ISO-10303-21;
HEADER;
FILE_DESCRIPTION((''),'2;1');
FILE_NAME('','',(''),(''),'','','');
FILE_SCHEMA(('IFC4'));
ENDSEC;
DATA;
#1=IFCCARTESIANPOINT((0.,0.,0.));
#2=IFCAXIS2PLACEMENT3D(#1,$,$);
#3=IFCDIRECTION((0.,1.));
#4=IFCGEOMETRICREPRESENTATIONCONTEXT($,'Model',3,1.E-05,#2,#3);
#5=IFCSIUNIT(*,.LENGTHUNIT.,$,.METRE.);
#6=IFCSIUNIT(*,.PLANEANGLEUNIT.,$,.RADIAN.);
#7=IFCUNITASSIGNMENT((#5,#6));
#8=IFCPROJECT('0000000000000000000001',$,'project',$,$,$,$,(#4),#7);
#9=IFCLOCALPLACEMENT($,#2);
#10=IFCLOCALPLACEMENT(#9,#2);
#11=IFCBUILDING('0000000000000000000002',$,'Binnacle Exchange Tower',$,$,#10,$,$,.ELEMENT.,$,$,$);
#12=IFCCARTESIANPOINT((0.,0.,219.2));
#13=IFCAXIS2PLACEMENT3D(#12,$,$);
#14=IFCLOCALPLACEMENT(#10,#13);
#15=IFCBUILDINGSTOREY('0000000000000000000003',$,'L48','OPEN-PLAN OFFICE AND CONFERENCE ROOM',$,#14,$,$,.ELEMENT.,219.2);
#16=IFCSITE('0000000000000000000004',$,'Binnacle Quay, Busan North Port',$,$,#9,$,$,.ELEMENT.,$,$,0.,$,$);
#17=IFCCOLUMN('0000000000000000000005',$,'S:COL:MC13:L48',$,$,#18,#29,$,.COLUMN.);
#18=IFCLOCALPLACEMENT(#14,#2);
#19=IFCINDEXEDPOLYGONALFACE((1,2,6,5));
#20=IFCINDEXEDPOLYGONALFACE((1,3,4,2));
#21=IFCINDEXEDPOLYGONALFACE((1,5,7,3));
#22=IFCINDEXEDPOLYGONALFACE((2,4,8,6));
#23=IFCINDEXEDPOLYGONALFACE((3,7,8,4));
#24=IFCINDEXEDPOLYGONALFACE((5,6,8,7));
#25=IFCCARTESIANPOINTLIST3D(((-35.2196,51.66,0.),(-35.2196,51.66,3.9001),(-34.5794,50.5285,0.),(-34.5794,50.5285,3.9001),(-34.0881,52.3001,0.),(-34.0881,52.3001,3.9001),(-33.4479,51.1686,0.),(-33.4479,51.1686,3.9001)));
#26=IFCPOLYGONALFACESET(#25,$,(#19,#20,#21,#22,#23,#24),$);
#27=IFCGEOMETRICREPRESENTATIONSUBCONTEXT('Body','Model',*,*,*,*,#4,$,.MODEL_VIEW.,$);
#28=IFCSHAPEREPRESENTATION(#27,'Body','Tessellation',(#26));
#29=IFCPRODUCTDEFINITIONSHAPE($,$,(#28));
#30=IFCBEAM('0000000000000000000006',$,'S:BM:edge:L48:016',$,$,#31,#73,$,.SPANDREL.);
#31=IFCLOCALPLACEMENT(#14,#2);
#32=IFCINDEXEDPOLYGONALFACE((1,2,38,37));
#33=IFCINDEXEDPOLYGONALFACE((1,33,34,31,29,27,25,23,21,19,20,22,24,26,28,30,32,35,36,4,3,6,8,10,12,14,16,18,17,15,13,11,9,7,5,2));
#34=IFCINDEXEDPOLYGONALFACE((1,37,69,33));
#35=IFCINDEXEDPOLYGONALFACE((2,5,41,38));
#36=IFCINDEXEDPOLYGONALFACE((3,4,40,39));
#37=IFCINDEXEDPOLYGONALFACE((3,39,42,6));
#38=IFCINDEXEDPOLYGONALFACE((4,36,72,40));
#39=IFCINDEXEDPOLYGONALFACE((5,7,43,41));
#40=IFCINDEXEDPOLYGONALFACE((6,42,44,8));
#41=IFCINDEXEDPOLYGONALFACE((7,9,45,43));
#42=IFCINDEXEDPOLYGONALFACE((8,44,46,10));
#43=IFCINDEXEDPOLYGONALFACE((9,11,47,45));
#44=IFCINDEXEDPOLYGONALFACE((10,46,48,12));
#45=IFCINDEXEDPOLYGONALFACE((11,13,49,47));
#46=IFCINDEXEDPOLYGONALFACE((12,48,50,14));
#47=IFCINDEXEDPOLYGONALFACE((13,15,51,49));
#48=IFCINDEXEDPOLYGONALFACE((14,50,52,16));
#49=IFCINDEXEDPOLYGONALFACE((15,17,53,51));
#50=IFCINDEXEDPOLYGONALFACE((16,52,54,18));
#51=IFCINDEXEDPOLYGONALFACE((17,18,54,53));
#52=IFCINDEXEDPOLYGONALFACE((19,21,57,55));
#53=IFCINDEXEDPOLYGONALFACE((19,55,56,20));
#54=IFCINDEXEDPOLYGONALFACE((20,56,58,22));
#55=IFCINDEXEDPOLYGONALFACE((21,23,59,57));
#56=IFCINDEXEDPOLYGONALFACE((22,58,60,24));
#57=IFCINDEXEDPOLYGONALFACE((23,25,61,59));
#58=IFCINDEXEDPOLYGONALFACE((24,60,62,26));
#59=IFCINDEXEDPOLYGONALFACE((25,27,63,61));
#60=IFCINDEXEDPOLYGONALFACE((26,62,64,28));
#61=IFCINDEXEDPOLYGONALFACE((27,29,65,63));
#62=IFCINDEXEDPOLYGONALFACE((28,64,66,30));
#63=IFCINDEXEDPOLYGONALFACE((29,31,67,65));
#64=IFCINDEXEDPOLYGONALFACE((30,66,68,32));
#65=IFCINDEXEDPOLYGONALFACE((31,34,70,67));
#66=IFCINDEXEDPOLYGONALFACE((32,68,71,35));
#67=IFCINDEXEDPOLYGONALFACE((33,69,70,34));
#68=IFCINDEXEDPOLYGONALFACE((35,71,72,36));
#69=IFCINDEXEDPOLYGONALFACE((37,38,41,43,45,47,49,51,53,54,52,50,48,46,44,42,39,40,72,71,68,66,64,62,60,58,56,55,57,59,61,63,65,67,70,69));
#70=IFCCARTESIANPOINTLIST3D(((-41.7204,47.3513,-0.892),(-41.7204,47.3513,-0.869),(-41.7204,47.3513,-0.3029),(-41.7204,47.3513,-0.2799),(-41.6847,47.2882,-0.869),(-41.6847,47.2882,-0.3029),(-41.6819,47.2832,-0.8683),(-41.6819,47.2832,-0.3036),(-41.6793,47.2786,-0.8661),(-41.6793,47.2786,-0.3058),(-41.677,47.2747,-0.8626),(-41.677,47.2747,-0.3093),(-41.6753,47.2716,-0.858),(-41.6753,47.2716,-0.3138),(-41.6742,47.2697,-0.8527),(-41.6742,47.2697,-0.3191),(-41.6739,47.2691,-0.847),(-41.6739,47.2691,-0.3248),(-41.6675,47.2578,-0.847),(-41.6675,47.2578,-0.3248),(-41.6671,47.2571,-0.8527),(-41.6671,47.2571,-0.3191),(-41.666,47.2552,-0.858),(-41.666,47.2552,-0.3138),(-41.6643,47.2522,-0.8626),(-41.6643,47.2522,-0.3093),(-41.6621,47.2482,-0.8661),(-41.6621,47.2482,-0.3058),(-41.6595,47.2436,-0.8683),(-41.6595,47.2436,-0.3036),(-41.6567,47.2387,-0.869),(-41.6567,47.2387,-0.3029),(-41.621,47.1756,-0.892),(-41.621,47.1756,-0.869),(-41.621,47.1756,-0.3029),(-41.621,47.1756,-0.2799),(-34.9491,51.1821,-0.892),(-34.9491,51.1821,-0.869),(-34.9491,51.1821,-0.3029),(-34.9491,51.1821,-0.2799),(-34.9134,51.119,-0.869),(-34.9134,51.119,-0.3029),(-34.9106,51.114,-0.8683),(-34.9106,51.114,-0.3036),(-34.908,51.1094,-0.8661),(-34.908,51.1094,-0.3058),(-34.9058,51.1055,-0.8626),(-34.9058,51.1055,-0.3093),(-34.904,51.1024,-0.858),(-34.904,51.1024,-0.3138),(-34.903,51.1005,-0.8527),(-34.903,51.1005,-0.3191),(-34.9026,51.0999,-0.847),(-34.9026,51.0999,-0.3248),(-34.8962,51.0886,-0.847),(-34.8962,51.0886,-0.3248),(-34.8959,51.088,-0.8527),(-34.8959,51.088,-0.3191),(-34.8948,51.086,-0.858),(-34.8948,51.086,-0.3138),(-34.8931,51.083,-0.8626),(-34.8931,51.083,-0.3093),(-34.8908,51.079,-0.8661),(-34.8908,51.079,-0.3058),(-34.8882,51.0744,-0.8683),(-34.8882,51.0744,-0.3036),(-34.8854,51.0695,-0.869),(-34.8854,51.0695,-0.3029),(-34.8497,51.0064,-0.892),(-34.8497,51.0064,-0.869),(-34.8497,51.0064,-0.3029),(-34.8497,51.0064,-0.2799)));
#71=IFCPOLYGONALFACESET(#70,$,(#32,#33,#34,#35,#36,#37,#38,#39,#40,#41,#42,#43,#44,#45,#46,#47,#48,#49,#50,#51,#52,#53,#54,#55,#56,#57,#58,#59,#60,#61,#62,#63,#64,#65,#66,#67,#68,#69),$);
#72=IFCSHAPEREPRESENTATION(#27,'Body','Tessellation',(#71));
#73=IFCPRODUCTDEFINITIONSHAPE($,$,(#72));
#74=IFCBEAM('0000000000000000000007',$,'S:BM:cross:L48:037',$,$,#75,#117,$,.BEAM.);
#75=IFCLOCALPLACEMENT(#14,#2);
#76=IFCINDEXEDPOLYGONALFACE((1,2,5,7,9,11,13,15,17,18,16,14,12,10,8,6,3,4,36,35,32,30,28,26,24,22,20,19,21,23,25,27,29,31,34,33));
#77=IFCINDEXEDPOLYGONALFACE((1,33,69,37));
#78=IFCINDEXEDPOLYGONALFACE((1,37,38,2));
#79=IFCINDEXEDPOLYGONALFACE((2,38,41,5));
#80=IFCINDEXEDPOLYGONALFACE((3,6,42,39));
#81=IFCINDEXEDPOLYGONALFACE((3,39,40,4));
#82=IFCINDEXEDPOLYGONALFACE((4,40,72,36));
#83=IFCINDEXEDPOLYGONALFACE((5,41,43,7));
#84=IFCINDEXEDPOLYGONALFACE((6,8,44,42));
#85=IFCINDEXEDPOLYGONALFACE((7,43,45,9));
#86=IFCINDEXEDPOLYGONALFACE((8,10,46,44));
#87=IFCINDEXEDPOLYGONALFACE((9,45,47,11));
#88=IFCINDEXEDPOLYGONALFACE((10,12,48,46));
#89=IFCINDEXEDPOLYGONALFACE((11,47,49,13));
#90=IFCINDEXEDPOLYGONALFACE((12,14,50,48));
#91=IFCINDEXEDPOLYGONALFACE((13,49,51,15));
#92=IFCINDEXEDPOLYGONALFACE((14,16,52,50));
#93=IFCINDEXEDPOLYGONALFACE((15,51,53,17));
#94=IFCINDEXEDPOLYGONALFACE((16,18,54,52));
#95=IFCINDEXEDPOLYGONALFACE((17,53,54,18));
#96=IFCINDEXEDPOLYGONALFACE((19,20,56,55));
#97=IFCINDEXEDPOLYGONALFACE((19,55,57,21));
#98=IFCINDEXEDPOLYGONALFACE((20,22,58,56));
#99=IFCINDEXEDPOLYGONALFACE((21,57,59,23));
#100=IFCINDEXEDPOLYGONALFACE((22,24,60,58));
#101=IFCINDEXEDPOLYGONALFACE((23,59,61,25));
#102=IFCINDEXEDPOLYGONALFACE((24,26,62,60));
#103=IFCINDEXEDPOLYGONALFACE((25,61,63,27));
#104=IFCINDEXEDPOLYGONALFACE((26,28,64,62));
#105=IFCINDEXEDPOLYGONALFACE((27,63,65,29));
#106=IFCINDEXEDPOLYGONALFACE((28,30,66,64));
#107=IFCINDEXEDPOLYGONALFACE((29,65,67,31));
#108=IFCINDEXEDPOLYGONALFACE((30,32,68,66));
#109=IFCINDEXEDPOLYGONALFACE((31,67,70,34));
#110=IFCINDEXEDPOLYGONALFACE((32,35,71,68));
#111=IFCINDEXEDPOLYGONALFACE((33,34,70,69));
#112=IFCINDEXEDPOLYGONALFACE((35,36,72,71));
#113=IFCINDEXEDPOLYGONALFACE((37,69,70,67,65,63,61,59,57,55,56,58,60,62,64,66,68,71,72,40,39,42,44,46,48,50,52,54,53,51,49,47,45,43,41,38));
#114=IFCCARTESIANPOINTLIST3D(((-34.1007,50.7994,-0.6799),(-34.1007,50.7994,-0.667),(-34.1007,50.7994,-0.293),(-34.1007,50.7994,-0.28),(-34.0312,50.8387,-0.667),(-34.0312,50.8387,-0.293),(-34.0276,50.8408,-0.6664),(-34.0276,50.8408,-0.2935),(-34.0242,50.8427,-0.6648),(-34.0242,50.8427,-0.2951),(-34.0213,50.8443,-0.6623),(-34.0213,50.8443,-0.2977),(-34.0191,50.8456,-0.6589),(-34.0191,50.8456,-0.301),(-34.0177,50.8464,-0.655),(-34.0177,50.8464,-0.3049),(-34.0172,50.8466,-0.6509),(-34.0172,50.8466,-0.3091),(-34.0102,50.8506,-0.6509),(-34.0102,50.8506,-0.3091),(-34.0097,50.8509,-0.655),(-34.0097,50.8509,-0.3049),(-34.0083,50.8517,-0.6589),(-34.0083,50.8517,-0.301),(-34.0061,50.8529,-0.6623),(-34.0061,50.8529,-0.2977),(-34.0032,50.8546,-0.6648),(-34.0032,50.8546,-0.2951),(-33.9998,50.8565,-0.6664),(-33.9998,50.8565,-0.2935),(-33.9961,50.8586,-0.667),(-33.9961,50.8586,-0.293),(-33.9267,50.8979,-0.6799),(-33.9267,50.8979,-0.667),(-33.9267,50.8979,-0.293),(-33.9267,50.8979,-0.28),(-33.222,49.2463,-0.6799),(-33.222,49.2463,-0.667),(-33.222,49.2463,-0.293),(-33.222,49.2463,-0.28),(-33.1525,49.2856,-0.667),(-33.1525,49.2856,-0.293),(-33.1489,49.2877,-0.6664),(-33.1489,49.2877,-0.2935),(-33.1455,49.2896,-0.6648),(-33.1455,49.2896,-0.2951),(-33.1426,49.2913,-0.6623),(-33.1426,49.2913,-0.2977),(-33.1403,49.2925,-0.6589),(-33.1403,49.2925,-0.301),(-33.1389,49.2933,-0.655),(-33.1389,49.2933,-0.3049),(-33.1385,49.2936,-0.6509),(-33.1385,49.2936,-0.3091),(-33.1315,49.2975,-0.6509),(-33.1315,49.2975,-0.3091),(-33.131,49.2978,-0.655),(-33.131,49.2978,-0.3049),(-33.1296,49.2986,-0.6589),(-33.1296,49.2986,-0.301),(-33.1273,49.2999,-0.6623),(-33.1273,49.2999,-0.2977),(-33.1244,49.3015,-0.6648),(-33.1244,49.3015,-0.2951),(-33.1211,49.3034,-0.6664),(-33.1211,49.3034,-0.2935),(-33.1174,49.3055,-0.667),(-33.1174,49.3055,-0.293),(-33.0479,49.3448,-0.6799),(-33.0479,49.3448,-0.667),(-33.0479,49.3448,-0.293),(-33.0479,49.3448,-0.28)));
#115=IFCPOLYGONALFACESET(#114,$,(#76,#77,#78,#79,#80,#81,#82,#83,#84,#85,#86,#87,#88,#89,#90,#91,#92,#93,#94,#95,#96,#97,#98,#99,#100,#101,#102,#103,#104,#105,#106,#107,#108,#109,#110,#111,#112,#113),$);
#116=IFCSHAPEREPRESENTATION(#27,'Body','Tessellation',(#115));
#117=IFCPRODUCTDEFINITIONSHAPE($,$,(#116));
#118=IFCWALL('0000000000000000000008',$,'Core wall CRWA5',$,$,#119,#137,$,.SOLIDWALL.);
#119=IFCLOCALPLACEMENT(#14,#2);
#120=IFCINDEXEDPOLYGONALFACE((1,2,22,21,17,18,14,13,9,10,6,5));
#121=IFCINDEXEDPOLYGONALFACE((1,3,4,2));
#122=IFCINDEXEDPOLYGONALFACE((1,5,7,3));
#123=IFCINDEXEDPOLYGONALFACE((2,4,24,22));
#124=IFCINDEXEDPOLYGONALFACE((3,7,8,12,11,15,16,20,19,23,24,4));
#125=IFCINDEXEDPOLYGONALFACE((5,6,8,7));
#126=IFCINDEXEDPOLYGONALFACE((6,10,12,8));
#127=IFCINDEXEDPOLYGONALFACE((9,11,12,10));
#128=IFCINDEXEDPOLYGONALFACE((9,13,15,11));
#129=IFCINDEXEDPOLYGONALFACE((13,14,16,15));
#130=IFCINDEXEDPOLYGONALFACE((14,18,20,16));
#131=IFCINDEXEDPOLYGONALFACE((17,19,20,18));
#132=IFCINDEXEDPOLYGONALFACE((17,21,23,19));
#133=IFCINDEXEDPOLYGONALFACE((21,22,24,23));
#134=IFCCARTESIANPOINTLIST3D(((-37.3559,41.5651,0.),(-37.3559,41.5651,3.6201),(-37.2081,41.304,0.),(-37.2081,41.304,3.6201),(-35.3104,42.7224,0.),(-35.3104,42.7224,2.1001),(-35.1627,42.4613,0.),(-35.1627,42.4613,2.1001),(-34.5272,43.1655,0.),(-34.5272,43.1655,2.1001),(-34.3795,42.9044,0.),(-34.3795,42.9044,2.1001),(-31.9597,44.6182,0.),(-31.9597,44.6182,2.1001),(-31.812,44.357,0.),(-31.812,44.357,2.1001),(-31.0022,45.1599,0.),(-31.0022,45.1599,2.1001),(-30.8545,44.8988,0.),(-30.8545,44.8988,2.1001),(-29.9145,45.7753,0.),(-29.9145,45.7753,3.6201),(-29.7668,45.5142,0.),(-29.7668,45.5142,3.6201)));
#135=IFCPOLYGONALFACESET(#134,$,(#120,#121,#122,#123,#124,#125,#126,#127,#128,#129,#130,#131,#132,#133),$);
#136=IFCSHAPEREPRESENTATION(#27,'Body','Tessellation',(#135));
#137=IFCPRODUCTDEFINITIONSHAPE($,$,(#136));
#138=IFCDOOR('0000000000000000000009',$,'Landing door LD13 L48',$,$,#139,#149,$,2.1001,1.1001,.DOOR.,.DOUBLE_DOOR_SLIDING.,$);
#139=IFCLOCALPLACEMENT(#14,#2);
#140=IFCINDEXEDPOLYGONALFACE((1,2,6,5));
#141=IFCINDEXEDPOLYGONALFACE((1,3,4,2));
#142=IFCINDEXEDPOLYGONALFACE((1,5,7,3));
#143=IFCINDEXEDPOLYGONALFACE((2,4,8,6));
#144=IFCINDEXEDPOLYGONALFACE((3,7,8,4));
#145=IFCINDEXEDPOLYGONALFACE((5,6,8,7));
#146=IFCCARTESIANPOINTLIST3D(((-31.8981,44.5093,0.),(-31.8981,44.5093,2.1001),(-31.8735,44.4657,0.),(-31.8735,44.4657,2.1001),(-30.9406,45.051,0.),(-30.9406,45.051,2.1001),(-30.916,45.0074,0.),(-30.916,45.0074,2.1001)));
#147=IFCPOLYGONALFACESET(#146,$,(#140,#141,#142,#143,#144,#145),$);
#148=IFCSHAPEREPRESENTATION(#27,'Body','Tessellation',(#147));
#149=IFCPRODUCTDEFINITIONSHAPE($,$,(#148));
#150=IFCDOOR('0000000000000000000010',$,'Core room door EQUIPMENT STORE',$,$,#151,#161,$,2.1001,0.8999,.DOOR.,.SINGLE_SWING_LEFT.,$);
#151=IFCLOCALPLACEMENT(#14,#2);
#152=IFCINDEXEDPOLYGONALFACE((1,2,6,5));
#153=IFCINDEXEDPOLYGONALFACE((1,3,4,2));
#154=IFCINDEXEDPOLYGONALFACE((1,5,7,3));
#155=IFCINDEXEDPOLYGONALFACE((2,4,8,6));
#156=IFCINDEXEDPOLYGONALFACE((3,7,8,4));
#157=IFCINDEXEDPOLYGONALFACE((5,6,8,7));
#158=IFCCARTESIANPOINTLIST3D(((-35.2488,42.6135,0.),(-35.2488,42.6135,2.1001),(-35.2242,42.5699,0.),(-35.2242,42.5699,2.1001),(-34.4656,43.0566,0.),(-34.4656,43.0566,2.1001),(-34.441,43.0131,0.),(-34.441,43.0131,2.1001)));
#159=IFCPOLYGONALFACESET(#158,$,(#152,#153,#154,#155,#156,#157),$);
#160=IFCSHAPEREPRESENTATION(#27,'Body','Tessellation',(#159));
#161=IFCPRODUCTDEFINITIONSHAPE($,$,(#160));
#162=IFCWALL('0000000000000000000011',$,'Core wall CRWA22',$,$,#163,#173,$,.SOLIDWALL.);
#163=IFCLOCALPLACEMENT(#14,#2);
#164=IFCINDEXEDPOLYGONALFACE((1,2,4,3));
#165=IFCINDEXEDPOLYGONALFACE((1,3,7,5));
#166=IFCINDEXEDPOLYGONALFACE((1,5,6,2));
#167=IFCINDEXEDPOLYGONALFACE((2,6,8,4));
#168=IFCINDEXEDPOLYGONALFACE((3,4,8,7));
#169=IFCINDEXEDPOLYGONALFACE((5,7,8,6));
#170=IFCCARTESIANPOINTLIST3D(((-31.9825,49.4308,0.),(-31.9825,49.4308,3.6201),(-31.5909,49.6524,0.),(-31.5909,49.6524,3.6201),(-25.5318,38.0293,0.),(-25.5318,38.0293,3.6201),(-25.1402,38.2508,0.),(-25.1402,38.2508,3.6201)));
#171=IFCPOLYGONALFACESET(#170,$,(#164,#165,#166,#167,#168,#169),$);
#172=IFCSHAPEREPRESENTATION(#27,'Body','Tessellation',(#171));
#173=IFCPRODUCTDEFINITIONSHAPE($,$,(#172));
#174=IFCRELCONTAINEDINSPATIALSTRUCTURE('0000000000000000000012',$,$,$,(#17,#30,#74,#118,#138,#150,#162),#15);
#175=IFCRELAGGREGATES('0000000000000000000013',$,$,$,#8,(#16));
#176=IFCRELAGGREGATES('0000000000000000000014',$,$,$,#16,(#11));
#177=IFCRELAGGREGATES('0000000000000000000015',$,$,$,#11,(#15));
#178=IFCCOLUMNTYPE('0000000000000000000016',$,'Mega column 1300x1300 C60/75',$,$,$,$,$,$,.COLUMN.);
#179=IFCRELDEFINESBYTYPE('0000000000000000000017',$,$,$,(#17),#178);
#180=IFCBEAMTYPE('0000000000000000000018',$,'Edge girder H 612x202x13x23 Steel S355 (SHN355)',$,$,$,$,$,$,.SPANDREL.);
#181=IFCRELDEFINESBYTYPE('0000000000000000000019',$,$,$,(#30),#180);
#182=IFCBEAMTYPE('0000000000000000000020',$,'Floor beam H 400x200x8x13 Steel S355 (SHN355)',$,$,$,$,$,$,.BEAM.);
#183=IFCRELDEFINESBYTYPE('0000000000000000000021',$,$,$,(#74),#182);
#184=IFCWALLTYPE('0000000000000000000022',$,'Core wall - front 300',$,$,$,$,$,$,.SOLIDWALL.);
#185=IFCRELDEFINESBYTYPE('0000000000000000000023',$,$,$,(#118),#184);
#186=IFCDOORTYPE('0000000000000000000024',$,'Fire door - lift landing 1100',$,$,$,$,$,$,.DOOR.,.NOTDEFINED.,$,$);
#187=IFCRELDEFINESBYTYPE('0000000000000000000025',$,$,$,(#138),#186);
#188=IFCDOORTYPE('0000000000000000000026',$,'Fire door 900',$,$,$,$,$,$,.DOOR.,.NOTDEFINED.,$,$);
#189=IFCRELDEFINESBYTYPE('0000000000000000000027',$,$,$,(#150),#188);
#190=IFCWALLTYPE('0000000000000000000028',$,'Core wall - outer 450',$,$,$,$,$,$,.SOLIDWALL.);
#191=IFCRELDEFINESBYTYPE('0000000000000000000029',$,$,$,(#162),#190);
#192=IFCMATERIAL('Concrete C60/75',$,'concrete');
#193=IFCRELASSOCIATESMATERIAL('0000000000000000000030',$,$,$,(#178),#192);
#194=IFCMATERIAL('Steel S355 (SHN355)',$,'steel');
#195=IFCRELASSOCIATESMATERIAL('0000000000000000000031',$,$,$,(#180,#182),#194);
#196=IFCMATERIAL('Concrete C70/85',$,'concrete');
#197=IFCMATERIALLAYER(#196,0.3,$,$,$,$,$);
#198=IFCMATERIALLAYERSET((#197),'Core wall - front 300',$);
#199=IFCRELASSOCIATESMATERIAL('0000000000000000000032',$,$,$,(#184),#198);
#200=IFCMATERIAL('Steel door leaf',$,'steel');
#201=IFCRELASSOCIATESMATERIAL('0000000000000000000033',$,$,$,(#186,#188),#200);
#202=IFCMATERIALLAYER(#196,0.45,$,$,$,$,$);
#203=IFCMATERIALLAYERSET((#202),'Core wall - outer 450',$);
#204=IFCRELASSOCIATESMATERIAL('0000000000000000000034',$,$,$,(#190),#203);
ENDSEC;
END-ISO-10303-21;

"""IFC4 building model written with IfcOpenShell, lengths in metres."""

from ifc_helpers import new_model, si_unit, direction, frame, frame_2d, origin, origin_2d, place, context, subcontext, project, spatial, rectangle, i_section, extrude, material, layer, layer_set, material_profile, profile_set, type_object, element, fill, save


model = new_model("IFC4")

# Units and contexts
model_context = context("Model", 3, precision=1e-05, world=origin(), true_north=direction((0.0, 1.0)))
body_context = subcontext(model_context, "Body", "Model", "MODEL_VIEW")
ifc_project = project(units=[si_unit("LENGTHUNIT", "METRE"), si_unit("PLANEANGLEUNIT", "RADIAN")], contexts=[model_context])

# Site, building, storey
site_placement = place(None, origin())
site = spatial("IfcSite", under=ifc_project, at=site_placement, Name="Binnacle Quay, Busan North Port", CompositionType="ELEMENT", RefElevation=0.0)
building_placement = place(site_placement, origin())
building = spatial("IfcBuilding", under=site, at=building_placement, Name="Binnacle Exchange Tower", CompositionType="ELEMENT")
storey_placement = place(building_placement, frame((0.0, 0.0, 219.2)))
storey = spatial("IfcBuildingStorey", under=building, at=storey_placement, Name="L48", Description="OPEN-PLAN OFFICE AND CONFERENCE ROOM", CompositionType="ELEMENT", Elevation=219.2)

# Column
ifc_material_1 = material(Name="Concrete C60/75", Category="concrete")
ifc_material_profile_1 = material_profile(ifc_material_1, rectangle(XDim=1.3, YDim=1.3, at=origin_2d()), Name="Mega column 1300x1300 C60/75")
ifc_profile_set_1 = profile_set([ifc_material_profile_1], Name="Concrete C60/75")
column_type = type_object("IfcColumnType", Name="Mega column 1300x1300 C60/75", PredefinedType="COLUMN", material=ifc_profile_set_1)
column_placement = place(storey_placement, frame((-34.3337, 51.4143, 0.0), z_axis=(0.0, 0.0, 1.0), x_axis=(-0.870356, -0.492424, 0.0)))
element("IfcColumn", 1, at=column_placement, inside=storey, type_object=column_type, Name="S:COL:MC13:L48", PredefinedType="COLUMN", context=body_context, shape_type="SweptSolid", body=[
    extrude(rectangle(XDim=1.3, YDim=1.3, at=origin_2d()), origin(), (0.0, 0.0, 1.0), 3.9001),
])

# Beams
ifc_material_2 = material(Name="Steel S355 (SHN355)", Category="steel")
ifc_material_profile_2 = material_profile(ifc_material_2, i_section(OverallWidth=0.2019, OverallDepth=0.6121, WebThickness=0.0129, FlangeThickness=0.0229, FilletRadius=0.022, at=origin_2d()), Name="H 612x202x13x23")
ifc_profile_set_2 = profile_set([ifc_material_profile_2], Name="Steel S355 (SHN355)")
beam_type_1 = type_object("IfcBeamType", Name="Edge girder H 612x202x13x23 Steel S355 (SHN355)", PredefinedType="SPANDREL", material=ifc_profile_set_2)
beam_1_placement = place(storey_placement, frame((-34.8994, 51.0942, -0.5859), z_axis=(-0.870365, -0.492407, 0.0), x_axis=(0.492407, -0.870365, 0.0)))
element("IfcBeam", 2, at=beam_1_placement, inside=storey, type_object=beam_type_1, Name="S:BM:edge:L48:016", PredefinedType="SPANDREL", context=body_context, shape_type="SweptSolid", body=[
    extrude(i_section(OverallWidth=0.2019, OverallDepth=0.6121, WebThickness=0.0129, FlangeThickness=0.0229, FilletRadius=0.022, at=origin_2d()), origin(), (0.0, 0.0, 1.0), 7.7798),
])
ifc_material_profile_3 = material_profile(ifc_material_2, i_section(OverallWidth=0.2, OverallDepth=0.3999, WebThickness=0.0081, FlangeThickness=0.0129, FilletRadius=0.0161, at=origin_2d()), Name="H 400x200x8x13")
ifc_profile_set_3 = profile_set([ifc_material_profile_3], Name="Steel S355 (SHN355)")
beam_type_2 = type_object("IfcBeamType", Name="Floor beam H 400x200x8x13 Steel S355 (SHN355)", PredefinedType="BEAM", material=ifc_profile_set_3)
beam_2_placement = place(storey_placement, frame((-34.0137, 50.8486, -0.48), z_axis=(0.492436, -0.870349, 0.0), x_axis=(0.870349, 0.492436, 0.0)))
element("IfcBeam", 3, at=beam_2_placement, inside=storey, type_object=beam_type_2, Name="S:BM:cross:L48:037", PredefinedType="BEAM", context=body_context, shape_type="SweptSolid", body=[
    extrude(i_section(OverallWidth=0.2, OverallDepth=0.3999, WebThickness=0.0081, FlangeThickness=0.0129, FilletRadius=0.0161, at=origin_2d()), origin(), (0.0, 0.0, 1.0), 1.7844),
])

# Wall, openings, doors
ifc_material_3 = material(Name="Concrete C70/85", Category="concrete")
ifc_layer_1 = layer(ifc_material_3, 0.3)
ifc_layer_set_1 = layer_set([ifc_layer_1], Name="Core wall - front 300")
wall_type_1 = type_object("IfcWallType", Name="Core wall - front 300", PredefinedType="SOLIDWALL", material=ifc_layer_set_1)
wall_1_placement = place(storey_placement, frame((-37.282, 41.4346, 0.0), z_axis=(0.0, 0.0, 1.0), x_axis=(0.870353, 0.492429, 0.0)))
wall_1 = element("IfcWall", 4, at=wall_1_placement, inside=storey, type_object=wall_type_1, Name="Core wall CRWA5", PredefinedType="SOLIDWALL", context=body_context, shape_type="SweptSolid", body=[
    extrude(rectangle(XDim=8.5498, YDim=0.3, at=frame_2d((4.2749, 0.0))), origin(), (0.0, 0.0, 1.0), 3.6201),
])
opening_1_placement = place(wall_1_placement, frame((6.2, 0.0, 0.0)))
opening_1 = element("IfcOpeningElement", 5, at=opening_1_placement, cuts=wall_1, PredefinedType="OPENING", context=body_context, shape_type="SweptSolid", body=[
    extrude(rectangle(XDim=1.1001, YDim=2.1001, at=frame_2d((0.55, 1.05))), frame((0.0, 0.1599, 0.0), z_axis=(0.0, -1.0, 0.0), x_axis=(1.0, 0.0, 0.0)), (0.0, 0.0, 1.0), 0.3201),
])
opening_2_placement = place(wall_1_placement, frame((2.3501, 0.0, 0.0)))
opening_2 = element("IfcOpeningElement", 6, at=opening_2_placement, cuts=wall_1, PredefinedType="OPENING", context=body_context, shape_type="SweptSolid", body=[
    extrude(rectangle(XDim=0.8999, YDim=2.1001, at=frame_2d((0.45, 1.05))), frame((0.0, 0.1599, 0.0), z_axis=(0.0, -1.0, 0.0), x_axis=(1.0, 0.0, 0.0)), (0.0, 0.0, 1.0), 0.3201),
])
ifc_material_4 = material(Name="Steel door leaf", Category="steel")
door_type_1 = type_object("IfcDoorType", Name="Fire door - lift landing 1100", OperationType="NOTDEFINED", PredefinedType="DOOR", material=ifc_material_4)
door_1_placement = place(opening_1_placement, origin())
door_1 = element("IfcDoor", 7, at=door_1_placement, inside=storey, type_object=door_type_1, Name="Landing door LD13 L48", OperationType="DOUBLE_DOOR_SLIDING", OverallHeight=2.1001, OverallWidth=1.1001, PredefinedType="DOOR", context=body_context, shape_type="SweptSolid", body=[
    extrude(rectangle(XDim=1.1001, YDim=2.1001, at=frame_2d((0.55, 1.05))), frame((0.0, 0.0249, 0.0), z_axis=(0.0, -1.0, 0.0), x_axis=(1.0, 0.0, 0.0)), (0.0, 0.0, 1.0), 0.05),
])
fill(opening_1, door_1)
door_type_2 = type_object("IfcDoorType", Name="Fire door 900", OperationType="NOTDEFINED", PredefinedType="DOOR", material=ifc_material_4)
door_2_placement = place(opening_2_placement, origin())
door_2 = element("IfcDoor", 8, at=door_2_placement, inside=storey, type_object=door_type_2, Name="Core room door EQUIPMENT STORE", OperationType="SINGLE_SWING_LEFT", OverallHeight=2.1001, OverallWidth=0.8999, PredefinedType="DOOR", context=body_context, shape_type="SweptSolid", body=[
    extrude(rectangle(XDim=0.8999, YDim=2.1001, at=frame_2d((0.45, 1.05))), frame((0.0, 0.0249, 0.0), z_axis=(0.0, -1.0, 0.0), x_axis=(1.0, 0.0, 0.0)), (0.0, 0.0, 1.0), 0.05),
])
fill(opening_2, door_2)

# Wall
ifc_layer_2 = layer(ifc_material_3, 0.45)
ifc_layer_set_2 = layer_set([ifc_layer_2], Name="Core wall - outer 450")
wall_type_2 = type_object("IfcWallType", Name="Core wall - outer 450", PredefinedType="SOLIDWALL", material=ifc_layer_set_2)
wall_2_placement = place(storey_placement, frame((-31.7866, 49.5415, 0.0), z_axis=(0.0, 0.0, 1.0), x_axis=(0.492421, -0.870357, 0.0)))
element("IfcWall", 9, at=wall_2_placement, inside=storey, type_object=wall_type_2, Name="Core wall CRWA22", PredefinedType="SOLIDWALL", context=body_context, shape_type="SweptSolid", body=[
    extrude(rectangle(XDim=13.0999, YDim=0.45, at=frame_2d((6.5498, 0.0))), origin(), (0.0, 0.0, 1.0), 3.6201),
])

save(model, "model.ifc")
